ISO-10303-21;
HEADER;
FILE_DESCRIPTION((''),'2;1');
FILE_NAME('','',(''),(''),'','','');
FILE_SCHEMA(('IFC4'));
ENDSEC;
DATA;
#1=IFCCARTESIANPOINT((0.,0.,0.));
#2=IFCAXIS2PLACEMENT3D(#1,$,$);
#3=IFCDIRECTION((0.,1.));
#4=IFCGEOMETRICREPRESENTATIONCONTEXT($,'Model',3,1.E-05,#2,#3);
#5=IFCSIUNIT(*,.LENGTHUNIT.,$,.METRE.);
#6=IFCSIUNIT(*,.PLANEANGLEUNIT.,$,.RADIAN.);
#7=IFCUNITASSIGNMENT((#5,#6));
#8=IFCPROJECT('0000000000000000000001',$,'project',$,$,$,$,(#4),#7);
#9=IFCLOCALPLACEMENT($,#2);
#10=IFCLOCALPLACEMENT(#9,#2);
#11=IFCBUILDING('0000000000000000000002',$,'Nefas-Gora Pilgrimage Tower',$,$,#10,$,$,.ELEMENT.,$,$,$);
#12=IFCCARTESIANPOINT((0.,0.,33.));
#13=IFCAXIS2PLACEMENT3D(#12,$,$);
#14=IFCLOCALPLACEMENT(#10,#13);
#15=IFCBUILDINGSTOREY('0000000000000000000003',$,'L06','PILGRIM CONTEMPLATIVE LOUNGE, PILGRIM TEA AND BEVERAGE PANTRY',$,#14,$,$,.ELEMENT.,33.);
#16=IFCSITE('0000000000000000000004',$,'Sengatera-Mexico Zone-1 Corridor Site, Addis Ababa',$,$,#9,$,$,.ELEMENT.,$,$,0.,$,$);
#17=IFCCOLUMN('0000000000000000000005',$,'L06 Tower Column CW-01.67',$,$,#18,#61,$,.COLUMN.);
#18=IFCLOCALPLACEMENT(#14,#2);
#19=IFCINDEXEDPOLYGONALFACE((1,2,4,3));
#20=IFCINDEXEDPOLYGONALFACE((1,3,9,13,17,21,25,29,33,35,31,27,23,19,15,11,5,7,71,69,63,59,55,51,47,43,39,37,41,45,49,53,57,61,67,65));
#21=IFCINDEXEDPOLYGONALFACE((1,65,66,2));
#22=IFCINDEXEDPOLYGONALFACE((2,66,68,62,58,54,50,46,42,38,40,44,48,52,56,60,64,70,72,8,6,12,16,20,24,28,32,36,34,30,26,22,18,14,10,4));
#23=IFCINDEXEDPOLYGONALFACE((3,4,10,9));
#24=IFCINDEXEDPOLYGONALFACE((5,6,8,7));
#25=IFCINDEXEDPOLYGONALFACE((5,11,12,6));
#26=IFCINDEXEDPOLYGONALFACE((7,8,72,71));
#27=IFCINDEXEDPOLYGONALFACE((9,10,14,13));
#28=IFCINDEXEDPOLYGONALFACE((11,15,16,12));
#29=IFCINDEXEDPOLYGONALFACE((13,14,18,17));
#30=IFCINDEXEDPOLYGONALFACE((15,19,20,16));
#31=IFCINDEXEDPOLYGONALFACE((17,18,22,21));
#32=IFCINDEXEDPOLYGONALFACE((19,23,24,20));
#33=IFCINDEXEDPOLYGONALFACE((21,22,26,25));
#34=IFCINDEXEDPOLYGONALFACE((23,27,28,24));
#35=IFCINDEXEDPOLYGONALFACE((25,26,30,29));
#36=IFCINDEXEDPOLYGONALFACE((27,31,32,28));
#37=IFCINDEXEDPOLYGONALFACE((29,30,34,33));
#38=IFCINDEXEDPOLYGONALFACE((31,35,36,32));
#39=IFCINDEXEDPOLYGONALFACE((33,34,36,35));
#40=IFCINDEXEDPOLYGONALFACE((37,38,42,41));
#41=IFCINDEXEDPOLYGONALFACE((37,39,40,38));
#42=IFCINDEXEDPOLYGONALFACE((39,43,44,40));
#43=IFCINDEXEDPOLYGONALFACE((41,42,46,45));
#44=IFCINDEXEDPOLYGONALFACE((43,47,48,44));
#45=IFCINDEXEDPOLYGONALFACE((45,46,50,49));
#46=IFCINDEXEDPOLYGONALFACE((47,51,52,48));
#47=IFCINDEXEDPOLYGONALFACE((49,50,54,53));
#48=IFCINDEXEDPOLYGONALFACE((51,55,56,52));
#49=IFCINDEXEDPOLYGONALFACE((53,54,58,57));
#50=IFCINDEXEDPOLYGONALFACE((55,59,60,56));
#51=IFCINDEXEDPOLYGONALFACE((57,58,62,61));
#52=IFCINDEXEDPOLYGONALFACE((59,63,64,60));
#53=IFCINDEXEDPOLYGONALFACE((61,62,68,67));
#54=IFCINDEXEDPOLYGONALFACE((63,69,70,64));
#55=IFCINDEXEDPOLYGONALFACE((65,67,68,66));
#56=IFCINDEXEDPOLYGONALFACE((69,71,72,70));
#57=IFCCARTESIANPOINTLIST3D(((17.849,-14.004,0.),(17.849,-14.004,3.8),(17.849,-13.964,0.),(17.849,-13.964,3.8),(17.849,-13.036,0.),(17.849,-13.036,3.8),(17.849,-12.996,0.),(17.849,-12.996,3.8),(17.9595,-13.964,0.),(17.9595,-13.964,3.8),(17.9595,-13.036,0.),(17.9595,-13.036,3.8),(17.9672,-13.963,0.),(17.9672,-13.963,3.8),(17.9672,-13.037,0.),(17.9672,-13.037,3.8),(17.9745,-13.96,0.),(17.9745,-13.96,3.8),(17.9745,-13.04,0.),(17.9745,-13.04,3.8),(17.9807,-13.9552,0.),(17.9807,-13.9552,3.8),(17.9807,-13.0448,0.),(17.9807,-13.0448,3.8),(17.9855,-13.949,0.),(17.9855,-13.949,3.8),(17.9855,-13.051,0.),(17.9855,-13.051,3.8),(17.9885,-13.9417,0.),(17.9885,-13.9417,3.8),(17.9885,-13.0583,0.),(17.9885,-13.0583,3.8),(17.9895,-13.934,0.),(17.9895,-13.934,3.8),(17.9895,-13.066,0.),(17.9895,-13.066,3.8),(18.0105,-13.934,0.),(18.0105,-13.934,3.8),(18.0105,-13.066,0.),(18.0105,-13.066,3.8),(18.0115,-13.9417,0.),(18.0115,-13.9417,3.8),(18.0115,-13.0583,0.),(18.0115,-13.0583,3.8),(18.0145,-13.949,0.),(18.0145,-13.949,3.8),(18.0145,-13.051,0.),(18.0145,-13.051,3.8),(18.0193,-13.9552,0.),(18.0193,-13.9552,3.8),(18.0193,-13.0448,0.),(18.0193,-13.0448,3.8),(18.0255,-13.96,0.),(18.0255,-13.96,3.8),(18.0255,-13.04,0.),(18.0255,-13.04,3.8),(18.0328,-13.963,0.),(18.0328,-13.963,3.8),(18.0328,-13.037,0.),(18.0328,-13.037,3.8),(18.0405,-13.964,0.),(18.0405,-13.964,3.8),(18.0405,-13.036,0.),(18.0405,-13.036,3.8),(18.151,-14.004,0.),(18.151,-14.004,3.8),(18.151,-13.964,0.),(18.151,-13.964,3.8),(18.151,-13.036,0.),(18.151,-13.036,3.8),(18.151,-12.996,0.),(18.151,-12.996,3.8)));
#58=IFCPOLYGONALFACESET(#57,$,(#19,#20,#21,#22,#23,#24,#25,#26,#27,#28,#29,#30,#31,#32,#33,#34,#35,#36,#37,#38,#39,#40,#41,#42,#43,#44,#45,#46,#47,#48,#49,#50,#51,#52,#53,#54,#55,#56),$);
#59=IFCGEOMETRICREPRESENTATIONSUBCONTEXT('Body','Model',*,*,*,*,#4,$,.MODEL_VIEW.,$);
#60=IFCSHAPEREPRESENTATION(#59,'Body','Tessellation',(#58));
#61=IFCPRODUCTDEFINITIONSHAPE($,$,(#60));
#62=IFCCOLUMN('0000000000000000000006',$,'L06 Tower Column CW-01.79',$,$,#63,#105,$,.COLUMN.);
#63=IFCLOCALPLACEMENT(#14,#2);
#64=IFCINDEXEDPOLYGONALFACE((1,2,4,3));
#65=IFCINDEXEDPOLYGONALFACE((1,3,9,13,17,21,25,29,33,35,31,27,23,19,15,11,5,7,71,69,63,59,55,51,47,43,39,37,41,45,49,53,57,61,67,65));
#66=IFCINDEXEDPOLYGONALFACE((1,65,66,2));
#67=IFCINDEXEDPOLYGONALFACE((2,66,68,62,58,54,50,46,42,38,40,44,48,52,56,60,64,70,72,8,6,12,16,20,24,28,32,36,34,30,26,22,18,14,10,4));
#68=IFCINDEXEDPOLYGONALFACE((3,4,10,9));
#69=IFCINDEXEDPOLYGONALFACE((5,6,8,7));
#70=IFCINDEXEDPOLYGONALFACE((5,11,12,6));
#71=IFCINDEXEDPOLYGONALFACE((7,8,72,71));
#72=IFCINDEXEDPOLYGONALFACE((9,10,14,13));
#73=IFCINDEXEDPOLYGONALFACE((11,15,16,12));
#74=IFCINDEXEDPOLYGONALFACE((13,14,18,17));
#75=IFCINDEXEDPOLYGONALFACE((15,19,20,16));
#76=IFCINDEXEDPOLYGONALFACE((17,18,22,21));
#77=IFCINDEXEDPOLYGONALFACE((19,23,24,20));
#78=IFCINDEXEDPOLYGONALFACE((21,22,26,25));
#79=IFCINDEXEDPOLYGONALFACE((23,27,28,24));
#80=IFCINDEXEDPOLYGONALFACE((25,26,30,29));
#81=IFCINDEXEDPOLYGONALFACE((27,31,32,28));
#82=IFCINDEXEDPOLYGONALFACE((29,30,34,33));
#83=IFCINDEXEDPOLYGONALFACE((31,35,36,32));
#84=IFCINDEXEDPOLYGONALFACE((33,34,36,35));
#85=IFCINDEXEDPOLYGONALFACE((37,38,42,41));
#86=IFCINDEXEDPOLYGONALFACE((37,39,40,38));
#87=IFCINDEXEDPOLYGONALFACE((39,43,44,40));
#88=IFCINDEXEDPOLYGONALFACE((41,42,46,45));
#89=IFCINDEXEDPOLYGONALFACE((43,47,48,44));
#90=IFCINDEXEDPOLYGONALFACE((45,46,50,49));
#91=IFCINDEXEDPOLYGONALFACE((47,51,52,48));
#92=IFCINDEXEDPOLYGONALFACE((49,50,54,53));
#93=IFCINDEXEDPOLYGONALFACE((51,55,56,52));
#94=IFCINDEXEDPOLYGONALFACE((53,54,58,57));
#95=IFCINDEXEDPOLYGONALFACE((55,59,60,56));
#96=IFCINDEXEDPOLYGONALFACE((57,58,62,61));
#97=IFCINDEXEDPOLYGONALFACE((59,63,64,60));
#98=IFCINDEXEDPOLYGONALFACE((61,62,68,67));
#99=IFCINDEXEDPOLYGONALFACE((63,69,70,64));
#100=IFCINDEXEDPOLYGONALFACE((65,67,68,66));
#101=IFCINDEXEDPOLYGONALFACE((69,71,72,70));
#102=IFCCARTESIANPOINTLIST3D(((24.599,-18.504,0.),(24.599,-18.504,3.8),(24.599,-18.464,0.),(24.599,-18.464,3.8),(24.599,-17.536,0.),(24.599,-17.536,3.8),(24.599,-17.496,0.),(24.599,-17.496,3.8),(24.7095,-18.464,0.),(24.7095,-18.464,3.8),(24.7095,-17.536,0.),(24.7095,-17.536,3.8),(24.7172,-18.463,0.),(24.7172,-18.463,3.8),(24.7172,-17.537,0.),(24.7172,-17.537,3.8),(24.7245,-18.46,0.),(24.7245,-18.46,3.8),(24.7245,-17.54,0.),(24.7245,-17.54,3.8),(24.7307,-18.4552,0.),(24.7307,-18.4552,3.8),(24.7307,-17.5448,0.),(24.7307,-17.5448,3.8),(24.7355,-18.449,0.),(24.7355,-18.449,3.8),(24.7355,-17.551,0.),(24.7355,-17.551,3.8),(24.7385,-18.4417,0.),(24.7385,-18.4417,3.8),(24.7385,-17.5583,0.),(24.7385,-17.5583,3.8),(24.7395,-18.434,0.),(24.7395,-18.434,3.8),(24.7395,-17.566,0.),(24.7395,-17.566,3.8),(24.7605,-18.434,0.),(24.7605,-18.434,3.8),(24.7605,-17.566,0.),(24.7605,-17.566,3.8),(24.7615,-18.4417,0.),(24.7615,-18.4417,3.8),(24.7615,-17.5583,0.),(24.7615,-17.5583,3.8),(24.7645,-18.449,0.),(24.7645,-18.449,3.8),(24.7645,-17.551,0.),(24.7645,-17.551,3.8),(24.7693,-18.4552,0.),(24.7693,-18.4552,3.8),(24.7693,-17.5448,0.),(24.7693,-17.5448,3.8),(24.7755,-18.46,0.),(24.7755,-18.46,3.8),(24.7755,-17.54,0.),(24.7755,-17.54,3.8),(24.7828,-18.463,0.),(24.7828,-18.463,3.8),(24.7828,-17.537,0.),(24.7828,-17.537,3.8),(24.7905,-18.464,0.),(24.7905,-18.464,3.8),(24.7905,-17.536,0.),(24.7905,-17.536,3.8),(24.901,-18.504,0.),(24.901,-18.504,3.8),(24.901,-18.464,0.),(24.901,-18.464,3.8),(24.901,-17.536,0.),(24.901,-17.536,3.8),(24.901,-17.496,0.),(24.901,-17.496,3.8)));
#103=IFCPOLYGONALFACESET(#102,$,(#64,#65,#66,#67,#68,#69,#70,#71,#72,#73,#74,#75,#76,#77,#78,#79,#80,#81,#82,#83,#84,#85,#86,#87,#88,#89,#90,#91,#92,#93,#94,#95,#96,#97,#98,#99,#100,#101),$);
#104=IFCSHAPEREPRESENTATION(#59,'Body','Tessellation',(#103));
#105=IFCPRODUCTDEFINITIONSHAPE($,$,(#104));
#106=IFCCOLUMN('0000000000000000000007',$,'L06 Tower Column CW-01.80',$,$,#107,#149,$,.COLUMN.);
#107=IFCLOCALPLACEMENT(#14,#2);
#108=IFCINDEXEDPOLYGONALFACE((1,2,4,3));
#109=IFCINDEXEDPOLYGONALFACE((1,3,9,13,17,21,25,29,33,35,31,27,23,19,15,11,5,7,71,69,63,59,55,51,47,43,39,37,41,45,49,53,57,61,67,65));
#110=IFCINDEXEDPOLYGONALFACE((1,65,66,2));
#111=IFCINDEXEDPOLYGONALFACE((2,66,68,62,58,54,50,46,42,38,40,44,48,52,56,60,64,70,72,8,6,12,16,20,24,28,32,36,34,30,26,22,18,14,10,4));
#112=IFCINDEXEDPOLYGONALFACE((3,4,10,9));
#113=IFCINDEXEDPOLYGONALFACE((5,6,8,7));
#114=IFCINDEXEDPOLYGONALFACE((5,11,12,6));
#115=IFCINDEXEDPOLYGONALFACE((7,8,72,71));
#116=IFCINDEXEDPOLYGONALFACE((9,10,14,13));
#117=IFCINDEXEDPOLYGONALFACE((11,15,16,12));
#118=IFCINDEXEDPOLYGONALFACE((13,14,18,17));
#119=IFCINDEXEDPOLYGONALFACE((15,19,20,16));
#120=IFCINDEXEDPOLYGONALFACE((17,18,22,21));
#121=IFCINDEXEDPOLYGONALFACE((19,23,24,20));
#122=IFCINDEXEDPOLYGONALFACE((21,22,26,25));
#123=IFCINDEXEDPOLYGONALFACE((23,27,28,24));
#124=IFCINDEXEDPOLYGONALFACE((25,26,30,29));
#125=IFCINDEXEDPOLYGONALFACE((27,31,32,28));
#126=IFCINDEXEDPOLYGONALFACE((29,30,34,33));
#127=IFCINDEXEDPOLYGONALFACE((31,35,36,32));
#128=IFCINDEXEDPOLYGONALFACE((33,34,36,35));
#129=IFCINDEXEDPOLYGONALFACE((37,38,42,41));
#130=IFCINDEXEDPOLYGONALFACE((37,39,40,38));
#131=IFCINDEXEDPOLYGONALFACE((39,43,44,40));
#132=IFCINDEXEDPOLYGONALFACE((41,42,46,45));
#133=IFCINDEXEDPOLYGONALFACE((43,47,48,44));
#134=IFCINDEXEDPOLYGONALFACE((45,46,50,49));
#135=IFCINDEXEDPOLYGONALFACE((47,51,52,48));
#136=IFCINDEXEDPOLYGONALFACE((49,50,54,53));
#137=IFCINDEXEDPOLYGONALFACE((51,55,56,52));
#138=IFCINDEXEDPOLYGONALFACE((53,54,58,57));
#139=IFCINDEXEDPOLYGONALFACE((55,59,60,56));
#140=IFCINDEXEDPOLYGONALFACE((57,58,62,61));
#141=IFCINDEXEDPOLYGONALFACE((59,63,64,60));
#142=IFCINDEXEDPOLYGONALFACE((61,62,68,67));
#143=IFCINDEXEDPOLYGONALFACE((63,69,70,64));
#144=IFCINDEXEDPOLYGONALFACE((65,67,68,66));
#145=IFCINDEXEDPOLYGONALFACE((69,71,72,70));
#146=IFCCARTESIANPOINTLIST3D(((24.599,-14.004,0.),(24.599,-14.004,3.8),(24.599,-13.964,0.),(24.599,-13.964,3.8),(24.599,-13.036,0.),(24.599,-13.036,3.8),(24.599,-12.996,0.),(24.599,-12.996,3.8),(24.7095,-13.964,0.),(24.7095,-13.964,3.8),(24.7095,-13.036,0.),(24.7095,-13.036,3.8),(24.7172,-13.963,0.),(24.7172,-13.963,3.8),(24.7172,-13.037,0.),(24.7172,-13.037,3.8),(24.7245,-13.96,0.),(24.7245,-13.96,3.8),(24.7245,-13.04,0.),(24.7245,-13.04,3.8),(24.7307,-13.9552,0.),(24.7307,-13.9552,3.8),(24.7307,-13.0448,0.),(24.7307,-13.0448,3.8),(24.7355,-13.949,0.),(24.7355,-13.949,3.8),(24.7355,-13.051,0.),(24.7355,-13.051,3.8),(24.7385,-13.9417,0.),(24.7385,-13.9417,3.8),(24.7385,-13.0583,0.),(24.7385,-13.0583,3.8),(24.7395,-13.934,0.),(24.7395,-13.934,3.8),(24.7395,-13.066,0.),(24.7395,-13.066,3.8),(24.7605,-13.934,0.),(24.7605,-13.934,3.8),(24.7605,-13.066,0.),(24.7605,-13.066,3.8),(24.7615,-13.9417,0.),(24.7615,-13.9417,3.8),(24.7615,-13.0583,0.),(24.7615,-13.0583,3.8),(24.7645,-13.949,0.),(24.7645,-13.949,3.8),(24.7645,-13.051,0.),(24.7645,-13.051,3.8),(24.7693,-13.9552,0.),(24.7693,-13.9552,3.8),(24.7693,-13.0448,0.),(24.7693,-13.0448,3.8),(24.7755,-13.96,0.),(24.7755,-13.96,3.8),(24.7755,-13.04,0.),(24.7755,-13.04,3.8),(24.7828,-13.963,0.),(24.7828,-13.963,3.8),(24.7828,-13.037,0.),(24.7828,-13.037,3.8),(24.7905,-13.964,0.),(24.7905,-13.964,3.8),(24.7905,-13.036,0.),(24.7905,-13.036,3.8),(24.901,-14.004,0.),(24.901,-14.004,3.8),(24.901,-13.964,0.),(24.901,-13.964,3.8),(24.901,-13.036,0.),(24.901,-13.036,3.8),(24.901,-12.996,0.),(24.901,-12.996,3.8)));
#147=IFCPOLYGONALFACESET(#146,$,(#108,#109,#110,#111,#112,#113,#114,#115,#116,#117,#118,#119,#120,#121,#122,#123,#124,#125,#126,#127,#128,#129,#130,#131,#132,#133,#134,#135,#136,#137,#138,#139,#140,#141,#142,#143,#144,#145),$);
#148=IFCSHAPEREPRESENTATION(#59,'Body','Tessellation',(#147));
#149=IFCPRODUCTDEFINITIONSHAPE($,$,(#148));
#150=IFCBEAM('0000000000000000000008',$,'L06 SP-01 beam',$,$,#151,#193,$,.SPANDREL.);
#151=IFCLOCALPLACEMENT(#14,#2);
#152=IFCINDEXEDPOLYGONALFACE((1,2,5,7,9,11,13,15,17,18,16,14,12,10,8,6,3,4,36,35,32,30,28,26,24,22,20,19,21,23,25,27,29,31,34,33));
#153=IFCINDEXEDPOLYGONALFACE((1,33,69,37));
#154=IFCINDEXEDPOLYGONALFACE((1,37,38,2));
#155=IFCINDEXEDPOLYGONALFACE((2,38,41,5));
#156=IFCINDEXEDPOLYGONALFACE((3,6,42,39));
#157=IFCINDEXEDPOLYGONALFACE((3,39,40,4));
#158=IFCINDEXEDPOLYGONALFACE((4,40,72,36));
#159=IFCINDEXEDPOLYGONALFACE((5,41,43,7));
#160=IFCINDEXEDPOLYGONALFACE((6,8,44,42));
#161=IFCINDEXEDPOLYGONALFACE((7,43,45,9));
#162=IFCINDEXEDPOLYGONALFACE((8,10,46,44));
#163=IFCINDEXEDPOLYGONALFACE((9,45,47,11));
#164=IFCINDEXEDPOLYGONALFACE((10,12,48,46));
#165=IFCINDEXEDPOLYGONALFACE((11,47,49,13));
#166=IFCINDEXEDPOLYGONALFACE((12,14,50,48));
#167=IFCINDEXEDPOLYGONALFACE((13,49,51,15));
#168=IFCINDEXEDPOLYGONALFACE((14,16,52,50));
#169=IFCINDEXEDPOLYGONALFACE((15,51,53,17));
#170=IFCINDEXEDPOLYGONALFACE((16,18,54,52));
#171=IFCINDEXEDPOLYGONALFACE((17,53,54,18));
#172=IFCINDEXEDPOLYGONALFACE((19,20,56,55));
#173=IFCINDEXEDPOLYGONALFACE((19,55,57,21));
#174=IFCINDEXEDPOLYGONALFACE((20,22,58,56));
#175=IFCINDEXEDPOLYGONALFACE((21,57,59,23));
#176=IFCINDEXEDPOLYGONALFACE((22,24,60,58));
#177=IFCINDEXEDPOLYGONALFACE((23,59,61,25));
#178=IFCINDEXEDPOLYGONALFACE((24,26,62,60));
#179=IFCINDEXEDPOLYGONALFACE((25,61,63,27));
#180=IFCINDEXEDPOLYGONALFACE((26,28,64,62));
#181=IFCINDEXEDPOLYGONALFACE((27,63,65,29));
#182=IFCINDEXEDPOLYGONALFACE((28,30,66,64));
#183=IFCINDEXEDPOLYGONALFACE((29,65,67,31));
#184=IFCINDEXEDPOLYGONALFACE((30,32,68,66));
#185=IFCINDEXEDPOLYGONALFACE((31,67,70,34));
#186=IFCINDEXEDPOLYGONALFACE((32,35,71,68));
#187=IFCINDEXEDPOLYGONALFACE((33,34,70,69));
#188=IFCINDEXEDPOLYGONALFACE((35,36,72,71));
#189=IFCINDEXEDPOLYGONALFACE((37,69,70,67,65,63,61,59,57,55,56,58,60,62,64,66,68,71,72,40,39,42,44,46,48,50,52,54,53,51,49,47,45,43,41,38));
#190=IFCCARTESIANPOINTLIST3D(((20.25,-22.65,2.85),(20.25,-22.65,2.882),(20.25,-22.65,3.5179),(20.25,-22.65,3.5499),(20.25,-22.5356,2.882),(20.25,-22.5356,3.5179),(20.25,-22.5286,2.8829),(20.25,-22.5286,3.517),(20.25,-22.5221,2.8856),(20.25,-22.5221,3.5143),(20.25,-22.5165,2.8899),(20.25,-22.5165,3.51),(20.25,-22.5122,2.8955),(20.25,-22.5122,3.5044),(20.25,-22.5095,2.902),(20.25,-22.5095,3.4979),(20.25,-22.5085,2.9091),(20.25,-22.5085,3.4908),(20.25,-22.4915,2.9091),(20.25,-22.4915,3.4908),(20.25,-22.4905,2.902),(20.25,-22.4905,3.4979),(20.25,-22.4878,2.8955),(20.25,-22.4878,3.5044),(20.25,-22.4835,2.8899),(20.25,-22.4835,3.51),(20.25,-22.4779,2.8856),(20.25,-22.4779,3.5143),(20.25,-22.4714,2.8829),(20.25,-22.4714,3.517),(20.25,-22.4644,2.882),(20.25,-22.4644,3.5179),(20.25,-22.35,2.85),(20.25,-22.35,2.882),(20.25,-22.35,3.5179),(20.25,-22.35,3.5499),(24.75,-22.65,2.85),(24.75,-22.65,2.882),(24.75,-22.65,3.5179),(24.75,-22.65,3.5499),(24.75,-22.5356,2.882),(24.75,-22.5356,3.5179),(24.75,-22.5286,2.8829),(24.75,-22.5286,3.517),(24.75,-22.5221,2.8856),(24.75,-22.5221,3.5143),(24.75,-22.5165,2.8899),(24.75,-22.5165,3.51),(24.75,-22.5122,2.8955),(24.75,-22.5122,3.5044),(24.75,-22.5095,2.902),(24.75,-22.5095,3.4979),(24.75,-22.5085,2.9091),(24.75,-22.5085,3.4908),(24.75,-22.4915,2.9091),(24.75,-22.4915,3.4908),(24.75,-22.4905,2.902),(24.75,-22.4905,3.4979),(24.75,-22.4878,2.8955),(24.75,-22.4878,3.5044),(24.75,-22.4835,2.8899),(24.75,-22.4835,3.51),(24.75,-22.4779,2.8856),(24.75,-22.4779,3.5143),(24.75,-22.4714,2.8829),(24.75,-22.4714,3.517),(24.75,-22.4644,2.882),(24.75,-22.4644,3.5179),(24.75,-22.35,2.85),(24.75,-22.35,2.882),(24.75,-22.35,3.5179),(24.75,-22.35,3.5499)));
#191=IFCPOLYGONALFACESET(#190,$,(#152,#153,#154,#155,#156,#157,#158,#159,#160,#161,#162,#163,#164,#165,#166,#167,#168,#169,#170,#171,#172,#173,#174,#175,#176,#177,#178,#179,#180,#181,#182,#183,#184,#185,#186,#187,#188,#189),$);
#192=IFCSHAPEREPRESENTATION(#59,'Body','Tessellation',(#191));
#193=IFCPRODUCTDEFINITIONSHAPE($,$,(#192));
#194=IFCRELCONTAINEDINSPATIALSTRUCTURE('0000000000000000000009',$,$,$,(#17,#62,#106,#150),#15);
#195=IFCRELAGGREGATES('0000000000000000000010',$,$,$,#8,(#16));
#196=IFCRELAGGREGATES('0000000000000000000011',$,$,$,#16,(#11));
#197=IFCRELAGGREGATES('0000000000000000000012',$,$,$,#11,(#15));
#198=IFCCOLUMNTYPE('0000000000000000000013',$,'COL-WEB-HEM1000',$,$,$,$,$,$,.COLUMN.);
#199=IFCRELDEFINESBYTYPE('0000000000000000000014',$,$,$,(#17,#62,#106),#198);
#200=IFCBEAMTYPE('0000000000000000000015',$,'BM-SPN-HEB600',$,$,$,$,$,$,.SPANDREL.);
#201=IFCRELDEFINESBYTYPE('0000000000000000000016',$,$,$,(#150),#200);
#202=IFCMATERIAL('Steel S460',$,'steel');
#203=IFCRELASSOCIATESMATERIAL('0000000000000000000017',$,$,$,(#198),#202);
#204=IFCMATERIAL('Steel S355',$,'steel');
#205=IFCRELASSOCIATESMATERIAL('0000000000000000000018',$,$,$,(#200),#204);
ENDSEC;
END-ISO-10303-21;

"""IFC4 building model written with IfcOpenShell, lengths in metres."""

from ifc_helpers import new_model, si_unit, direction, frame, origin, origin_2d, place, context, subcontext, project, spatial, i_section, extrude, source, transform, mapped, material, material_profile, profile_set, type_object, element, save


model = new_model("IFC4")

# Units and contexts
model_context = context("Model", 3, precision=1e-05, world=origin(), true_north=direction((0.0, 1.0)))
body_context = subcontext(model_context, "Body", "Model", "MODEL_VIEW")
ifc_project = project(units=[si_unit("LENGTHUNIT", "METRE"), si_unit("PLANEANGLEUNIT", "RADIAN")], contexts=[model_context])

# Site, building, storey
site_placement = place(None, origin())
site = spatial("IfcSite", under=ifc_project, at=site_placement, Name="Sengatera-Mexico Zone-1 Corridor Site, Addis Ababa", CompositionType="ELEMENT", RefElevation=0.0)
building_placement = place(site_placement, origin())
building = spatial("IfcBuilding", under=site, at=building_placement, Name="Nefas-Gora Pilgrimage Tower", CompositionType="ELEMENT")
storey_placement = place(building_placement, frame((0.0, 0.0, 33.0)))
storey = spatial("IfcBuildingStorey", under=building, at=storey_placement, Name="L06", Description="PILGRIM CONTEMPLATIVE LOUNGE, PILGRIM TEA AND BEVERAGE PANTRY", CompositionType="ELEMENT", Elevation=33.0)

# Columns
ifc_material_1 = material(Name="Steel S460", Category="steel")
ifc_material_profile_1 = material_profile(ifc_material_1, i_section(OverallWidth=0.302, OverallDepth=1.0081, WebThickness=0.021, FlangeThickness=0.04, FilletRadius=0.03, at=origin_2d()), Name="HEM 1000")
ifc_profile_set_1 = profile_set([ifc_material_profile_1], Name="Steel S460")
column_type_1 = type_object("IfcColumnType", Name="COL-WEB-HEM1000", PredefinedType="COLUMN", material=ifc_profile_set_1)
shared_shape_1 = source(origin(), body_context, "Body", "SweptSolid", [
    extrude(i_section(OverallWidth=0.302, OverallDepth=1.0081, WebThickness=0.021, FlangeThickness=0.04, FilletRadius=0.03, at=origin_2d()), origin(), (0.0, 0.0, 1.0), 3.8),
])
for number, where, z_axis, x_axis, name in (
    (1, (18.0, -13.5, 0.0), (0.0, 0.0, 1.0), (1.0, 0.0, 0.0), "L06 Tower Column CW-01.67"),
    (2, (24.75, -18.0, 0.0), (0.0, 0.0, 1.0), (1.0, 0.0, 0.0), "L06 Tower Column CW-01.79"),
    (3, (24.75, -13.5, 0.0), (0.0, 0.0, 1.0), (1.0, 0.0, 0.0), "L06 Tower Column CW-01.80"),
):
    element("IfcColumn", number, at=place(storey_placement, frame(where, z_axis=z_axis, x_axis=x_axis)), inside=storey, type_object=column_type_1, Name=name, PredefinedType="COLUMN", context=body_context, shape_type="MappedRepresentation", body=[
        mapped(shared_shape_1, transform((0.0, 0.0, 0.0), x_axis=(1.0, 0.0, 0.0), y_axis=(0.0, 1.0, 0.0), z_axis=(0.0, 0.0, 1.0), scale=1.0)),
    ])

# Beam
ifc_material_2 = material(Name="Steel S355", Category="steel")
ifc_material_profile_2 = material_profile(ifc_material_2, i_section(OverallWidth=0.3, OverallDepth=0.7, WebThickness=0.0171, FlangeThickness=0.032, FilletRadius=0.0271, at=origin_2d()), Name="HEB 700")
ifc_profile_set_2 = profile_set([ifc_material_profile_2], Name="Steel S355")
beam_type_1 = type_object("IfcBeamType", Name="BM-SPN-HEB600", PredefinedType="SPANDREL", material=ifc_profile_set_2)
shared_shape_2 = source(origin(), body_context, "Body", "SweptSolid", [
    extrude(i_section(OverallWidth=0.3, OverallDepth=0.7, WebThickness=0.0171, FlangeThickness=0.032, FilletRadius=0.0271, at=origin_2d()), origin(), (0.0, 0.0, 1.0), 4.5),
])
beam_1_placement = place(storey_placement, frame((20.25, -22.5, 3.2), z_axis=(1.0, 0.0, 0.0), x_axis=(0.0, 1.0, 0.0)))
element("IfcBeam", 4, at=beam_1_placement, inside=storey, type_object=beam_type_1, Name="L06 SP-01 beam", PredefinedType="SPANDREL", context=body_context, shape_type="MappedRepresentation", body=[
    mapped(shared_shape_2, transform((0.0, 0.0, 0.0), x_axis=(1.0, 0.0, 0.0), y_axis=(0.0, 1.0, 0.0), z_axis=(0.0, 0.0, 1.0), scale=1.0)),
])

save(model, "model.ifc")
